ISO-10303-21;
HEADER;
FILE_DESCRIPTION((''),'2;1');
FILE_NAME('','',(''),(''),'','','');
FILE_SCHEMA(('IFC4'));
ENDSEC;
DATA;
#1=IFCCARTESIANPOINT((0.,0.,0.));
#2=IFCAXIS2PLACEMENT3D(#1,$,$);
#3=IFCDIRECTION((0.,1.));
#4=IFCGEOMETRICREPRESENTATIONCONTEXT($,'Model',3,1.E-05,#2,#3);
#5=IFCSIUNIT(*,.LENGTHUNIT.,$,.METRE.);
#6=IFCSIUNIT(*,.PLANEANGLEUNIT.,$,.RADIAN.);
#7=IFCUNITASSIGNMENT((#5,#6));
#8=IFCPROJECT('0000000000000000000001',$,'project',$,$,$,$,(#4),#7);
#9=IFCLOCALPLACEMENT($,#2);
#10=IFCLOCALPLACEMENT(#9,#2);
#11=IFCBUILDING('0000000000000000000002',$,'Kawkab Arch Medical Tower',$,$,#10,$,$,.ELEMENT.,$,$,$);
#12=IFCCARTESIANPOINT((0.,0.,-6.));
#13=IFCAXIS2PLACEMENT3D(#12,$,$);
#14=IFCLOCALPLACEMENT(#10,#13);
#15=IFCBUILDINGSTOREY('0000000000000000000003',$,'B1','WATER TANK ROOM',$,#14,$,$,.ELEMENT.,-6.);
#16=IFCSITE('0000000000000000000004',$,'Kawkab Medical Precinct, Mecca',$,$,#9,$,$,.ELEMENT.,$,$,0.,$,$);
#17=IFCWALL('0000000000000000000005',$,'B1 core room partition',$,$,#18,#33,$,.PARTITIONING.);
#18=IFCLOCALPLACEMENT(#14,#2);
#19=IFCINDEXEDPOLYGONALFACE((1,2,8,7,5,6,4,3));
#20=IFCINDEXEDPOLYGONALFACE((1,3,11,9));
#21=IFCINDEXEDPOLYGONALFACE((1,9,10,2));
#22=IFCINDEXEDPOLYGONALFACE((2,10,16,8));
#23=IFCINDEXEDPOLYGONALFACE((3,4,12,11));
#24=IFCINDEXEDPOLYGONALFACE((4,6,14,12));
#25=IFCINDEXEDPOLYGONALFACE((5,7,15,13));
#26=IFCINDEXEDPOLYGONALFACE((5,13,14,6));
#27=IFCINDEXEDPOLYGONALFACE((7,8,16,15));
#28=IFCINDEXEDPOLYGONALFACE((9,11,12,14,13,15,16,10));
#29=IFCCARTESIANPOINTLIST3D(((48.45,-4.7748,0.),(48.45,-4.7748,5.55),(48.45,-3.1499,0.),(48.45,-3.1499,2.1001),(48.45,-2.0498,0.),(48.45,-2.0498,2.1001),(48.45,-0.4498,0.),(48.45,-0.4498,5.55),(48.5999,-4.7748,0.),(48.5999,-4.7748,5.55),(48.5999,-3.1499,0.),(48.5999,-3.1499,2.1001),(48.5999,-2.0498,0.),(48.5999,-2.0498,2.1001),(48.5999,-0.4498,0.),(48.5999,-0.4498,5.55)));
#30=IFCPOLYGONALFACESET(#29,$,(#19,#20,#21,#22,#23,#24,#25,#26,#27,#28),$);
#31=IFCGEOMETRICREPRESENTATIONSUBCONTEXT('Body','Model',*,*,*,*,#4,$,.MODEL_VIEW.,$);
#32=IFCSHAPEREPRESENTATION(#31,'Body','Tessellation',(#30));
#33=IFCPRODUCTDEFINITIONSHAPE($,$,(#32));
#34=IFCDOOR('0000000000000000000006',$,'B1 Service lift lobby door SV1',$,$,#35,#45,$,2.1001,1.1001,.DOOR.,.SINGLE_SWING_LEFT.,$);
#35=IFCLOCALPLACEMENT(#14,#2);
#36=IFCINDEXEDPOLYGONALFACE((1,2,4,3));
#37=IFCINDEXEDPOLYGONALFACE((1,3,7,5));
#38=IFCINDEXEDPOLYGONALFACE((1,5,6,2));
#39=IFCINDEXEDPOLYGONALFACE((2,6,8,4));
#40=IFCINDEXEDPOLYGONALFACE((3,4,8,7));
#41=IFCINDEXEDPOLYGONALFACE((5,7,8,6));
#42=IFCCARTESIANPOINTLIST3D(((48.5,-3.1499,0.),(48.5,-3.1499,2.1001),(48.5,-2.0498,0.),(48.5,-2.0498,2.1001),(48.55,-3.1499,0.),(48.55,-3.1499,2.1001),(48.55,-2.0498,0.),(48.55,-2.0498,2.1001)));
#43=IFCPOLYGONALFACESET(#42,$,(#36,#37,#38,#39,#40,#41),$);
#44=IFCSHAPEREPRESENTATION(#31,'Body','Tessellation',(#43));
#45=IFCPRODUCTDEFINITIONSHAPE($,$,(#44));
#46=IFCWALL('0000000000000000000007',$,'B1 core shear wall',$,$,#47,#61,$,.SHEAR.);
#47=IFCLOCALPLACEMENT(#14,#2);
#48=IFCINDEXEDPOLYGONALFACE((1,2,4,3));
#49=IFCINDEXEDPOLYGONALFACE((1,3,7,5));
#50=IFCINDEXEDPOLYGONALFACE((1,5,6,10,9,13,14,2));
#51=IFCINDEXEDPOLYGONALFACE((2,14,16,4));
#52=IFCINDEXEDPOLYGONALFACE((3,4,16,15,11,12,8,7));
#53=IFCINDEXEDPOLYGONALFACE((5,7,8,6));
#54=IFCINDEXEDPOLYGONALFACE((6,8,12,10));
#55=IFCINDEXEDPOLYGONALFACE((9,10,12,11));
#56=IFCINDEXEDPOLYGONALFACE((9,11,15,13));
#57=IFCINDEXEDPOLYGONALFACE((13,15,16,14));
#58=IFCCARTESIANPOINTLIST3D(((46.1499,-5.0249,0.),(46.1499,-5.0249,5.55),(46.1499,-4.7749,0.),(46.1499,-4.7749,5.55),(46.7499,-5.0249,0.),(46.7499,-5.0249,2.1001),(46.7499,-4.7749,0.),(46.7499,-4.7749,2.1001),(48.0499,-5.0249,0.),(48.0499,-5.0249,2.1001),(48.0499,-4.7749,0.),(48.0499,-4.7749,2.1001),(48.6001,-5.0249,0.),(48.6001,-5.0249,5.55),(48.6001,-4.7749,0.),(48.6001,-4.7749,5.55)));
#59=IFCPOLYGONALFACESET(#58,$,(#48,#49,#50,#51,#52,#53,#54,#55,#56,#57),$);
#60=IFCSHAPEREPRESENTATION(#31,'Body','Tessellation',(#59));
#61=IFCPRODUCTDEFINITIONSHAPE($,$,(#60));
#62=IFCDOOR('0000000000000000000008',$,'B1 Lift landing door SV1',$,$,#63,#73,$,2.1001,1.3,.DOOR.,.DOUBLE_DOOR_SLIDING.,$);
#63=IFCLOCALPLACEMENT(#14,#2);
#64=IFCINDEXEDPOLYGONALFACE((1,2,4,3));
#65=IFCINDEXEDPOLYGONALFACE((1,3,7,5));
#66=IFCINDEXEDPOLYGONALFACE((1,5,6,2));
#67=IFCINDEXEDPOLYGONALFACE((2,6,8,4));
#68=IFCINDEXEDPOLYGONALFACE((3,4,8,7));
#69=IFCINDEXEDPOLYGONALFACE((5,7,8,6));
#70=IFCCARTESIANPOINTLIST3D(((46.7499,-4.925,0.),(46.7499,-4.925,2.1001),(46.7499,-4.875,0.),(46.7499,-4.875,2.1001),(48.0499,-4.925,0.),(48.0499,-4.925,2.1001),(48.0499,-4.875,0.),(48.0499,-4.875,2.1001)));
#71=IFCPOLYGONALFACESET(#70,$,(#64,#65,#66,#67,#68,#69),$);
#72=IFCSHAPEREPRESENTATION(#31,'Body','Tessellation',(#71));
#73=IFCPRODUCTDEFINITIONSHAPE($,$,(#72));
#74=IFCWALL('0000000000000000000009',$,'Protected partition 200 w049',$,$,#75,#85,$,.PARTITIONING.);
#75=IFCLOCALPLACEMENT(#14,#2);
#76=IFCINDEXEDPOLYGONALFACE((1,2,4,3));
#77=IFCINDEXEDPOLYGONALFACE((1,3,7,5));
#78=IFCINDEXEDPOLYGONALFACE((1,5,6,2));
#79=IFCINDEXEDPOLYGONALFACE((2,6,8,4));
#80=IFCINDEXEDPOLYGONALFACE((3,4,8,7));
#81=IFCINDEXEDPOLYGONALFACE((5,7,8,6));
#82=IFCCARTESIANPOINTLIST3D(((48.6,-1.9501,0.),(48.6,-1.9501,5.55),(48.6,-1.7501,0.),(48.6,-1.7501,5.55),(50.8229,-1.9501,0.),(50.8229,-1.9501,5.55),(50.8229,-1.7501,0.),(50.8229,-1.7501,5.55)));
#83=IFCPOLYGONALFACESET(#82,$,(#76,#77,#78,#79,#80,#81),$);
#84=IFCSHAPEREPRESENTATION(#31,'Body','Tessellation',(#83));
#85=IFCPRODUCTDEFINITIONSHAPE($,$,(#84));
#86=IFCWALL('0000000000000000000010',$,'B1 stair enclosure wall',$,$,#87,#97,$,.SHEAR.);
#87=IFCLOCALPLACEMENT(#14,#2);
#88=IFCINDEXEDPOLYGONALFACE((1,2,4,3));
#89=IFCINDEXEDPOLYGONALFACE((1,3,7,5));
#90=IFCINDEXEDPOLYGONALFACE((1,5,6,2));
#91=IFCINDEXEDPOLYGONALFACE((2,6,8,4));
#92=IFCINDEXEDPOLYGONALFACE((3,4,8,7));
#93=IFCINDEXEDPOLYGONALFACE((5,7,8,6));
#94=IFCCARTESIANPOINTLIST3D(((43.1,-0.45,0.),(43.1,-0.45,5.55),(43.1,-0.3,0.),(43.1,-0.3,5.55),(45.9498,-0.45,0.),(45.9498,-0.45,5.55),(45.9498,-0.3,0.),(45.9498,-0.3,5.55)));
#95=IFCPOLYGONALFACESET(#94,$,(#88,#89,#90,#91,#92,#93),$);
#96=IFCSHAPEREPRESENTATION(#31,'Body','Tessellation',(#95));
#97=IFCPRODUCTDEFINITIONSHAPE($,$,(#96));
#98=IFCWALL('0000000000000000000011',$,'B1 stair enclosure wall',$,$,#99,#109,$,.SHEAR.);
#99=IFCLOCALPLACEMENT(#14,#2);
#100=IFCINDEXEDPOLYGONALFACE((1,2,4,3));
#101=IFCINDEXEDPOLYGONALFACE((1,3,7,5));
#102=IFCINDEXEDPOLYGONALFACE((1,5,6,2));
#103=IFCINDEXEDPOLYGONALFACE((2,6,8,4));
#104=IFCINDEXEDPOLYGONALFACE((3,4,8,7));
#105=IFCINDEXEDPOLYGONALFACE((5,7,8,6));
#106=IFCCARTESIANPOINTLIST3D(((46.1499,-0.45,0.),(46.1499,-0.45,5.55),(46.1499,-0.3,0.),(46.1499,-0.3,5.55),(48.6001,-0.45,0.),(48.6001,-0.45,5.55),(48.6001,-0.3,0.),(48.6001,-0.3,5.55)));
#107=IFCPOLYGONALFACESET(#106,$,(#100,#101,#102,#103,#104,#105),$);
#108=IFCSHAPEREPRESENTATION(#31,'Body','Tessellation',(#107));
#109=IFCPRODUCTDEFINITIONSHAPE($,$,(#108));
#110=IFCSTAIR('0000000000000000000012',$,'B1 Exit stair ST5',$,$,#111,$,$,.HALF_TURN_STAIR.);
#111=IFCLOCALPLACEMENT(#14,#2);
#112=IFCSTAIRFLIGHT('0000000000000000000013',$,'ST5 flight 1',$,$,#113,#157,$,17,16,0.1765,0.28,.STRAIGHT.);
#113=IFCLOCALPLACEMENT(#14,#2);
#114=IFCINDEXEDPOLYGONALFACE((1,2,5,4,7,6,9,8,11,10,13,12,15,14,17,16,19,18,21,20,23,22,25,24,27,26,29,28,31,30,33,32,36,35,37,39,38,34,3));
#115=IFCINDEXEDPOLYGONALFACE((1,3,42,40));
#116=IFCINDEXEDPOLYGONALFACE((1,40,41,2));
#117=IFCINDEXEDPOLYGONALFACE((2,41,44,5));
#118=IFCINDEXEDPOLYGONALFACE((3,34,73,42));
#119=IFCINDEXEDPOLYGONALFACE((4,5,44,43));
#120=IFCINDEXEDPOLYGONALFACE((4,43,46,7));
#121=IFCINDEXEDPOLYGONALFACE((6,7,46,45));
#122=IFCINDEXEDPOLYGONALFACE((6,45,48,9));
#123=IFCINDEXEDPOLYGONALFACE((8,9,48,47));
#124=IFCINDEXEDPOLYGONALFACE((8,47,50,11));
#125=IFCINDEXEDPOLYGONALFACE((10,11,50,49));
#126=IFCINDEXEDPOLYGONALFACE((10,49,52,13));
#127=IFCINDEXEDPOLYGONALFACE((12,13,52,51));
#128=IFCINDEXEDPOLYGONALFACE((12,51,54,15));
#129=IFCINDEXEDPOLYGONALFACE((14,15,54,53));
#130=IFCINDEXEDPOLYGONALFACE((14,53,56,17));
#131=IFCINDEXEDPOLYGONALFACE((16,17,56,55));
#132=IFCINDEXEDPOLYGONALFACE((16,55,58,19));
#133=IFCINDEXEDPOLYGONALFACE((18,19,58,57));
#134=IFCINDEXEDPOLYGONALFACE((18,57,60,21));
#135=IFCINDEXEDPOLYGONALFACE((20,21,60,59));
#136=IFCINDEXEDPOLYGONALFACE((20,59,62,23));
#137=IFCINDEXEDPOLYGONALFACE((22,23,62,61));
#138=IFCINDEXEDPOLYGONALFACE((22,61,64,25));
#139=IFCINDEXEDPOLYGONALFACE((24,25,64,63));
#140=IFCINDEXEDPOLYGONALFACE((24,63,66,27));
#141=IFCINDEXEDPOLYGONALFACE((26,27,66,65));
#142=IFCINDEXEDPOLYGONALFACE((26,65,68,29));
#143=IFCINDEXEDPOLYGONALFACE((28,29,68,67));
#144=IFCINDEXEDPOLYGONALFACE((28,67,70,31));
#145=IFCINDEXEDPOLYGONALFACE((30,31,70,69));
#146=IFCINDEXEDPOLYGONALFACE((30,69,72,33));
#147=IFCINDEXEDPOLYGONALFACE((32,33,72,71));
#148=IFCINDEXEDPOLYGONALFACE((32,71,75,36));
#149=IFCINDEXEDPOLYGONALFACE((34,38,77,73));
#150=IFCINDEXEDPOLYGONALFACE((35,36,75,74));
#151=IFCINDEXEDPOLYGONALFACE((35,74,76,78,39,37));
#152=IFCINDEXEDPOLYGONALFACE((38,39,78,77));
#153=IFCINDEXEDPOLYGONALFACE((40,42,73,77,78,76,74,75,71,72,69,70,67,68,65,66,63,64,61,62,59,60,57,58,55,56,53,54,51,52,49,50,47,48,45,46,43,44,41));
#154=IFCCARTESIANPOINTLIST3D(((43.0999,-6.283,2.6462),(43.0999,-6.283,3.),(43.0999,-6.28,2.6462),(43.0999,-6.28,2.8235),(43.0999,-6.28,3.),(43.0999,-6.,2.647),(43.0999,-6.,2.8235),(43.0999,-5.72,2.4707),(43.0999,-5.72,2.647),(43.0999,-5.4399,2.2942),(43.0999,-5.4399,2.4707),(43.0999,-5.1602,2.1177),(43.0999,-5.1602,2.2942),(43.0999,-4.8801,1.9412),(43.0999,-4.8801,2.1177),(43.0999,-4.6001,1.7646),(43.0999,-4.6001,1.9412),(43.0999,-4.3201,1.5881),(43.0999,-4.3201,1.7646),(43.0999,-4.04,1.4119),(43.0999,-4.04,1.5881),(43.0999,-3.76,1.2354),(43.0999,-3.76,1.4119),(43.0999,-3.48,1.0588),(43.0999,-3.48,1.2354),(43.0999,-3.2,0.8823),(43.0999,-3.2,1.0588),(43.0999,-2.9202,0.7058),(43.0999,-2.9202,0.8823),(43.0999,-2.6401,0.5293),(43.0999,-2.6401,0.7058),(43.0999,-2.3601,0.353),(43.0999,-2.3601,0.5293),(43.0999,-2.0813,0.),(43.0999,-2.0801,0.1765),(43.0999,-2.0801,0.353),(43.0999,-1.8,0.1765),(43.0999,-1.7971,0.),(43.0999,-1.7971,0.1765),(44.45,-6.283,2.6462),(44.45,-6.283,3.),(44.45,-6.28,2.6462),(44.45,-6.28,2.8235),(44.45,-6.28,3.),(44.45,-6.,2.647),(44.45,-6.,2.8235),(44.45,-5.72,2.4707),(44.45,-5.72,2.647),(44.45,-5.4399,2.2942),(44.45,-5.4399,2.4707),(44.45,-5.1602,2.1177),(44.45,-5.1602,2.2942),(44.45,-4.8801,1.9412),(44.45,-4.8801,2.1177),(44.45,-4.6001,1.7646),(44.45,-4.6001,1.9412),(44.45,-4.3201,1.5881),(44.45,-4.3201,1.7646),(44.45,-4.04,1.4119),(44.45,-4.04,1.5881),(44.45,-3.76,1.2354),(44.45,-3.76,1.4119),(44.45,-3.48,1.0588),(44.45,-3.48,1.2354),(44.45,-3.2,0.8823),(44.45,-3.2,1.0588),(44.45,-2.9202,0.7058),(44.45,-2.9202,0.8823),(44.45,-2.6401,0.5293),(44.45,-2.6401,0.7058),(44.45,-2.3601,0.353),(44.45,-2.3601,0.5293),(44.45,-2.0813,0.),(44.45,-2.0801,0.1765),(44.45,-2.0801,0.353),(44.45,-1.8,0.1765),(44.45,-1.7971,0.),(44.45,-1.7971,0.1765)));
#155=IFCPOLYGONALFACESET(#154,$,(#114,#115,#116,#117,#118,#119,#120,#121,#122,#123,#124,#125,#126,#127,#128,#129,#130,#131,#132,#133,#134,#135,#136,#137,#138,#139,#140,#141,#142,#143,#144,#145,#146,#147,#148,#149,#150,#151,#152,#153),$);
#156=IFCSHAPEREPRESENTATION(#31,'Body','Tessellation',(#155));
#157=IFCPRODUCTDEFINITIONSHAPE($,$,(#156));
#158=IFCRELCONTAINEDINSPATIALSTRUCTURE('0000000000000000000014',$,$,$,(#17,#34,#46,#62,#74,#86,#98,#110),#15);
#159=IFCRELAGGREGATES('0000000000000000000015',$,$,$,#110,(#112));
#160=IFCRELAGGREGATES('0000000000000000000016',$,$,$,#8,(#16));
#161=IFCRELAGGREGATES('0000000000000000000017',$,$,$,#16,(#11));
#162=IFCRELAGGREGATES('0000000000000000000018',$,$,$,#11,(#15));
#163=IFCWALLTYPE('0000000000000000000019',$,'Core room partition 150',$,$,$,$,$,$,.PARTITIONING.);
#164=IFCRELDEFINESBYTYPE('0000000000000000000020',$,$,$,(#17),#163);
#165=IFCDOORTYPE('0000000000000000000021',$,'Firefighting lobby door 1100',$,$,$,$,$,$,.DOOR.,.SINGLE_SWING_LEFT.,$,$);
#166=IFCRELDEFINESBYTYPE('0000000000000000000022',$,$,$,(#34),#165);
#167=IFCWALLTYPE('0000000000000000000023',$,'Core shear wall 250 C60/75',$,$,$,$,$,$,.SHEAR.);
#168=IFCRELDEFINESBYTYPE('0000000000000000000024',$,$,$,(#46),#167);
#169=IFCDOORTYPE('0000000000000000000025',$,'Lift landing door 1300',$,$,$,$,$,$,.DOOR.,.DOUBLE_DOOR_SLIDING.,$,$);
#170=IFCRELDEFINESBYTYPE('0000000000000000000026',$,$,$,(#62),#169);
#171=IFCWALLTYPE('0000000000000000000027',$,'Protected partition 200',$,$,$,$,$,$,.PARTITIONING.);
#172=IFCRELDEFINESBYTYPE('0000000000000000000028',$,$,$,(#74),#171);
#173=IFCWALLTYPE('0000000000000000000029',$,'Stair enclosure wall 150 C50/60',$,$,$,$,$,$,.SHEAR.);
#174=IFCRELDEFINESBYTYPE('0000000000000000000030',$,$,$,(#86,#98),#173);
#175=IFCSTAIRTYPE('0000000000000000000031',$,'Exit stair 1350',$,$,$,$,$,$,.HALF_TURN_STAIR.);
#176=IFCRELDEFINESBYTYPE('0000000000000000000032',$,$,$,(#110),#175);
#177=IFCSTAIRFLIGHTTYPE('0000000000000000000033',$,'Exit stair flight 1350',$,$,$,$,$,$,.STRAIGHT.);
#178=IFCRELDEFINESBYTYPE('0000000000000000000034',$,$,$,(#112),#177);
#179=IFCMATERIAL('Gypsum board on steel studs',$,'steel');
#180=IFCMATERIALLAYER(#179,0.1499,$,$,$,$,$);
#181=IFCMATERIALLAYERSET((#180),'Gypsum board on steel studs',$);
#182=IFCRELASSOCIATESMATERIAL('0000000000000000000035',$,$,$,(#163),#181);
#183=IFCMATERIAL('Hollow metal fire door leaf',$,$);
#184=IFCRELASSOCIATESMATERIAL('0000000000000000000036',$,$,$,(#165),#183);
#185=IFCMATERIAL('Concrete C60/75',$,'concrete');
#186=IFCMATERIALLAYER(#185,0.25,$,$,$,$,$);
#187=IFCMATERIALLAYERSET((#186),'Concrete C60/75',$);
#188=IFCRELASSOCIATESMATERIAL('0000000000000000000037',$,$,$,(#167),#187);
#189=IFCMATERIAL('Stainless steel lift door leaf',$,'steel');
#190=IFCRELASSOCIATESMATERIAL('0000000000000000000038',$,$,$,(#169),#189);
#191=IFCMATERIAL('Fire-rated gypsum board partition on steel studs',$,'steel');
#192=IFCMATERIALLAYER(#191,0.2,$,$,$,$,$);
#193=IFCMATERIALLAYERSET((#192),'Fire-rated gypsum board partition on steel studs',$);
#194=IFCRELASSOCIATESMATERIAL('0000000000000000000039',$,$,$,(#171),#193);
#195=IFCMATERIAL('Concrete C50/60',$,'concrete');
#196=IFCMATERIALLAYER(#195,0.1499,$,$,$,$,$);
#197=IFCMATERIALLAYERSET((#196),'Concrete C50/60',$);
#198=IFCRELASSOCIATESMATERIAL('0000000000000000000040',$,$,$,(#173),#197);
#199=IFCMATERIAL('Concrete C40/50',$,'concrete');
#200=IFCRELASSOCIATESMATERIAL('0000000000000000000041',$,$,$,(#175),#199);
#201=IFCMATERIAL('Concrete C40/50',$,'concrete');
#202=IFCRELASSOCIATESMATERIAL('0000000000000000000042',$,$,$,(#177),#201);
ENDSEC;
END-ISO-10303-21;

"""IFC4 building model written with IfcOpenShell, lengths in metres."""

from ifc_helpers import new_model, si_unit, direction, frame, frame_2d, origin, place, context, subcontext, project, spatial, polyline, rectangle, outline, extrude, material, layer, layer_set, type_object, element, fill, aggregate, save


model = new_model("IFC4")

# Units and contexts
model_context = context("Model", 3, precision=1e-05, world=origin(), true_north=direction((0.0, 1.0)))
body_context = subcontext(model_context, "Body", "Model", "MODEL_VIEW")
ifc_project = project(units=[si_unit("LENGTHUNIT", "METRE"), si_unit("PLANEANGLEUNIT", "RADIAN")], contexts=[model_context])

# Site, building, storey
site_placement = place(None, origin())
site = spatial("IfcSite", under=ifc_project, at=site_placement, Name="Kawkab Medical Precinct, Mecca", CompositionType="ELEMENT", RefElevation=0.0)
building_placement = place(site_placement, origin())
building = spatial("IfcBuilding", under=site, at=building_placement, Name="Kawkab Arch Medical Tower", CompositionType="ELEMENT")
storey_placement = place(building_placement, frame((0.0, 0.0, -6.0)))
storey = spatial("IfcBuildingStorey", under=building, at=storey_placement, Name="B1", Description="WATER TANK ROOM", CompositionType="ELEMENT", Elevation=-6.0)

# Walls, openings, doors
ifc_material_1 = material(Name="Gypsum board on steel studs", Category="steel")
ifc_layer_1 = layer(ifc_material_1, 0.1499)
ifc_layer_set_1 = layer_set([ifc_layer_1], Name="Gypsum board on steel studs")
wall_type_1 = type_object("IfcWallType", Name="Core room partition 150", PredefinedType="PARTITIONING", material=ifc_layer_set_1)
wall_1_placement = place(storey_placement, frame((48.5249, -4.7749, 0.0), z_axis=(0.0, 0.0, 1.0), x_axis=(0.0, 1.0, 0.0)))
wall_1 = element("IfcWall", 1, at=wall_1_placement, inside=storey, type_object=wall_type_1, Name="B1 core room partition", PredefinedType="PARTITIONING", context=body_context, shape_type="SweptSolid", body=[
    extrude(rectangle(XDim=4.325, YDim=0.1499, at=frame_2d((2.1626, 0.0))), origin(), (0.0, 0.0, 1.0), 5.55),
])
opening_1_placement = place(wall_1_placement, frame((1.625, 0.0, 0.0)))
opening_1 = element("IfcOpeningElement", 2, at=opening_1_placement, cuts=wall_1, PredefinedType="OPENING", context=body_context, shape_type="SweptSolid", body=[
    extrude(rectangle(XDim=1.1001, YDim=2.1001, at=frame_2d((0.55, 1.05))), frame((0.0, 0.085, 0.0), z_axis=(0.0, -1.0, 0.0), x_axis=(1.0, 0.0, 0.0)), (0.0, 0.0, 1.0), 0.1699),
])
ifc_material_2 = material(Name="Hollow metal fire door leaf")
door_type_1 = type_object("IfcDoorType", Name="Firefighting lobby door 1100", OperationType="SINGLE_SWING_LEFT", PredefinedType="DOOR", material=ifc_material_2)
door_1_placement = place(opening_1_placement, origin())
door_1 = element("IfcDoor", 3, at=door_1_placement, inside=storey, type_object=door_type_1, Name="B1 Service lift lobby door SV1", OperationType="SINGLE_SWING_LEFT", OverallHeight=2.1001, OverallWidth=1.1001, PredefinedType="DOOR", context=body_context, shape_type="SweptSolid", body=[
    extrude(rectangle(XDim=1.1001, YDim=2.1001, at=frame_2d((0.55, 1.05))), frame((0.0, 0.0249, 0.0), z_axis=(0.0, -1.0, 0.0), x_axis=(1.0, 0.0, 0.0)), (0.0, 0.0, 1.0), 0.05),
])
fill(opening_1, door_1)
ifc_material_3 = material(Name="Concrete C60/75", Category="concrete")
ifc_layer_2 = layer(ifc_material_3, 0.25)
ifc_layer_set_2 = layer_set([ifc_layer_2], Name="Concrete C60/75")
wall_type_2 = type_object("IfcWallType", Name="Core shear wall 250 C60/75", PredefinedType="SHEAR", material=ifc_layer_set_2)
wall_2_placement = place(storey_placement, frame((46.1499, -4.8999, 0.0), z_axis=(0.0, 0.0, 1.0), x_axis=(1.0, 0.0, 0.0)))
wall_2 = element("IfcWall", 4, at=wall_2_placement, inside=storey, type_object=wall_type_2, Name="B1 core shear wall", PredefinedType="SHEAR", context=body_context, shape_type="SweptSolid", body=[
    extrude(rectangle(XDim=2.4502, YDim=0.25, at=frame_2d((1.2251, 0.0))), origin(), (0.0, 0.0, 1.0), 5.55),
])
opening_2_placement = place(wall_2_placement, frame((0.6001, 0.0, 0.0)))
opening_2 = element("IfcOpeningElement", 5, at=opening_2_placement, cuts=wall_2, PredefinedType="OPENING", context=body_context, shape_type="SweptSolid", body=[
    extrude(rectangle(XDim=1.3, YDim=2.1001, at=frame_2d((0.6499, 1.05))), frame((0.0, 0.135, 0.0), z_axis=(0.0, -1.0, 0.0), x_axis=(1.0, 0.0, 0.0)), (0.0, 0.0, 1.0), 0.27),
])
ifc_material_4 = material(Name="Stainless steel lift door leaf", Category="steel")
door_type_2 = type_object("IfcDoorType", Name="Lift landing door 1300", OperationType="DOUBLE_DOOR_SLIDING", PredefinedType="DOOR", material=ifc_material_4)
door_2_placement = place(opening_2_placement, origin())
door_2 = element("IfcDoor", 6, at=door_2_placement, inside=storey, type_object=door_type_2, Name="B1 Lift landing door SV1", OperationType="DOUBLE_DOOR_SLIDING", OverallHeight=2.1001, OverallWidth=1.3, PredefinedType="DOOR", context=body_context, shape_type="SweptSolid", body=[
    extrude(rectangle(XDim=1.3, YDim=2.1001, at=frame_2d((0.6499, 1.05))), frame((0.0, 0.0249, 0.0), z_axis=(0.0, -1.0, 0.0), x_axis=(1.0, 0.0, 0.0)), (0.0, 0.0, 1.0), 0.05),
])
fill(opening_2, door_2)

# Walls
ifc_material_5 = material(Name="Fire-rated gypsum board partition on steel studs", Category="steel")
ifc_layer_3 = layer(ifc_material_5, 0.2)
ifc_layer_set_3 = layer_set([ifc_layer_3], Name="Fire-rated gypsum board partition on steel studs")
wall_type_3 = type_object("IfcWallType", Name="Protected partition 200", PredefinedType="PARTITIONING", material=ifc_layer_set_3)
wall_3_placement = place(storey_placement, frame((48.6001, -1.8501, 0.0), z_axis=(0.0, 0.0, 1.0), x_axis=(1.0, 0.0, 0.0)))
element("IfcWall", 7, at=wall_3_placement, inside=storey, type_object=wall_type_3, Name="Protected partition 200 w049", PredefinedType="PARTITIONING", context=body_context, shape_type="SweptSolid", body=[
    extrude(rectangle(XDim=2.2229, YDim=0.2, at=frame_2d((1.1113, 0.0))), origin(), (0.0, 0.0, 1.0), 5.55),
])
ifc_material_6 = material(Name="Concrete C50/60", Category="concrete")
ifc_layer_4 = layer(ifc_material_6, 0.1499)
ifc_layer_set_4 = layer_set([ifc_layer_4], Name="Concrete C50/60")
wall_type_4 = type_object("IfcWallType", Name="Stair enclosure wall 150 C50/60", PredefinedType="SHEAR", material=ifc_layer_set_4)
wall_4_placement = place(storey_placement, frame((43.1001, -0.375, 0.0), z_axis=(0.0, 0.0, 1.0), x_axis=(1.0, 0.0, 0.0)))
element("IfcWall", 8, at=wall_4_placement, inside=storey, type_object=wall_type_4, Name="B1 stair enclosure wall", PredefinedType="SHEAR", context=body_context, shape_type="SweptSolid", body=[
    extrude(rectangle(XDim=2.8499, YDim=0.1499, at=frame_2d((1.4248, 0.0))), origin(), (0.0, 0.0, 1.0), 5.55),
])
wall_5_placement = place(storey_placement, frame((46.1499, -0.375, 0.0), z_axis=(0.0, 0.0, 1.0), x_axis=(1.0, 0.0, 0.0)))
element("IfcWall", 9, at=wall_5_placement, inside=storey, type_object=wall_type_4, Name="B1 stair enclosure wall", PredefinedType="SHEAR", context=body_context, shape_type="SweptSolid", body=[
    extrude(rectangle(XDim=2.4502, YDim=0.1499, at=frame_2d((1.2251, 0.0))), origin(), (0.0, 0.0, 1.0), 5.55),
])

# Stair, stair flight
ifc_material_7 = material(Name="Concrete C40/50", Category="concrete")
stair_type = type_object("IfcStairType", Name="Exit stair 1350", PredefinedType="HALF_TURN_STAIR", material=ifc_material_7)
stair_placement = place(storey_placement, origin())
stair = element("IfcStair", 10, at=stair_placement, inside=storey, type_object=stair_type, Name="B1 Exit stair ST5", PredefinedType="HALF_TURN_STAIR")
ifc_material_8 = material(Name="Concrete C40/50", Category="concrete")
stair_flight_type = type_object("IfcStairFlightType", Name="Exit stair flight 1350", PredefinedType="STRAIGHT", material=ifc_material_8)
stair_flight_1_placement = place(storey_placement, frame((43.7749, -1.8, 0.0), z_axis=(0.0, 0.0, 1.0), x_axis=(0.0, -1.0, 0.0)))
stair_flight_1 = element("IfcStairFlight", 11, at=stair_flight_1_placement, type_object=stair_flight_type, Name="ST5 flight 1", NumberOfRisers=17, NumberOfTreads=16, PredefinedType="STRAIGHT", RiserHeight=0.1765, TreadLength=0.28, context=body_context, shape_type="SweptSolid", body=[
    extrude(outline(polyline([(-0.0029, 0.0), (-0.0029, 0.1765), (0.0, 0.1765), (0.28, 0.1765), (0.28, 0.353), (0.5601, 0.353), (0.5601, 0.5293), (0.8401, 0.5293), (0.8401, 0.7058), (1.1201, 0.7058), (1.1201, 0.8823), (1.3999, 0.8823), (1.3999, 1.0588), (1.6799, 1.0588), (1.6799, 1.2354), (1.96, 1.2354), (1.96, 1.4119), (2.24, 1.4119), (2.24, 1.5881), (2.52, 1.5881), (2.52, 1.7646), (2.8, 1.7646), (2.8, 1.9412), (3.0801, 1.9412), (3.0801, 2.1177), (3.3601, 2.1177), (3.3601, 2.2942), (3.6399, 2.2942), (3.6399, 2.4707), (3.9199, 2.4707), (3.9199, 2.647), (4.2, 2.647), (4.2, 2.8235), (4.48, 2.8235), (4.48, 3.0), (4.4829, 3.0), (4.4829, 2.6462), (4.48, 2.6462), (0.2812, 0.0), (-0.0029, 0.0)])), frame((0.0, 0.675, 0.0), z_axis=(0.0, -1.0, 0.0), x_axis=(1.0, 0.0, 0.0)), (0.0, 0.0, 1.0), 1.3501),
])
aggregate(stair, [stair_flight_1])

save(model, "model.ifc")
